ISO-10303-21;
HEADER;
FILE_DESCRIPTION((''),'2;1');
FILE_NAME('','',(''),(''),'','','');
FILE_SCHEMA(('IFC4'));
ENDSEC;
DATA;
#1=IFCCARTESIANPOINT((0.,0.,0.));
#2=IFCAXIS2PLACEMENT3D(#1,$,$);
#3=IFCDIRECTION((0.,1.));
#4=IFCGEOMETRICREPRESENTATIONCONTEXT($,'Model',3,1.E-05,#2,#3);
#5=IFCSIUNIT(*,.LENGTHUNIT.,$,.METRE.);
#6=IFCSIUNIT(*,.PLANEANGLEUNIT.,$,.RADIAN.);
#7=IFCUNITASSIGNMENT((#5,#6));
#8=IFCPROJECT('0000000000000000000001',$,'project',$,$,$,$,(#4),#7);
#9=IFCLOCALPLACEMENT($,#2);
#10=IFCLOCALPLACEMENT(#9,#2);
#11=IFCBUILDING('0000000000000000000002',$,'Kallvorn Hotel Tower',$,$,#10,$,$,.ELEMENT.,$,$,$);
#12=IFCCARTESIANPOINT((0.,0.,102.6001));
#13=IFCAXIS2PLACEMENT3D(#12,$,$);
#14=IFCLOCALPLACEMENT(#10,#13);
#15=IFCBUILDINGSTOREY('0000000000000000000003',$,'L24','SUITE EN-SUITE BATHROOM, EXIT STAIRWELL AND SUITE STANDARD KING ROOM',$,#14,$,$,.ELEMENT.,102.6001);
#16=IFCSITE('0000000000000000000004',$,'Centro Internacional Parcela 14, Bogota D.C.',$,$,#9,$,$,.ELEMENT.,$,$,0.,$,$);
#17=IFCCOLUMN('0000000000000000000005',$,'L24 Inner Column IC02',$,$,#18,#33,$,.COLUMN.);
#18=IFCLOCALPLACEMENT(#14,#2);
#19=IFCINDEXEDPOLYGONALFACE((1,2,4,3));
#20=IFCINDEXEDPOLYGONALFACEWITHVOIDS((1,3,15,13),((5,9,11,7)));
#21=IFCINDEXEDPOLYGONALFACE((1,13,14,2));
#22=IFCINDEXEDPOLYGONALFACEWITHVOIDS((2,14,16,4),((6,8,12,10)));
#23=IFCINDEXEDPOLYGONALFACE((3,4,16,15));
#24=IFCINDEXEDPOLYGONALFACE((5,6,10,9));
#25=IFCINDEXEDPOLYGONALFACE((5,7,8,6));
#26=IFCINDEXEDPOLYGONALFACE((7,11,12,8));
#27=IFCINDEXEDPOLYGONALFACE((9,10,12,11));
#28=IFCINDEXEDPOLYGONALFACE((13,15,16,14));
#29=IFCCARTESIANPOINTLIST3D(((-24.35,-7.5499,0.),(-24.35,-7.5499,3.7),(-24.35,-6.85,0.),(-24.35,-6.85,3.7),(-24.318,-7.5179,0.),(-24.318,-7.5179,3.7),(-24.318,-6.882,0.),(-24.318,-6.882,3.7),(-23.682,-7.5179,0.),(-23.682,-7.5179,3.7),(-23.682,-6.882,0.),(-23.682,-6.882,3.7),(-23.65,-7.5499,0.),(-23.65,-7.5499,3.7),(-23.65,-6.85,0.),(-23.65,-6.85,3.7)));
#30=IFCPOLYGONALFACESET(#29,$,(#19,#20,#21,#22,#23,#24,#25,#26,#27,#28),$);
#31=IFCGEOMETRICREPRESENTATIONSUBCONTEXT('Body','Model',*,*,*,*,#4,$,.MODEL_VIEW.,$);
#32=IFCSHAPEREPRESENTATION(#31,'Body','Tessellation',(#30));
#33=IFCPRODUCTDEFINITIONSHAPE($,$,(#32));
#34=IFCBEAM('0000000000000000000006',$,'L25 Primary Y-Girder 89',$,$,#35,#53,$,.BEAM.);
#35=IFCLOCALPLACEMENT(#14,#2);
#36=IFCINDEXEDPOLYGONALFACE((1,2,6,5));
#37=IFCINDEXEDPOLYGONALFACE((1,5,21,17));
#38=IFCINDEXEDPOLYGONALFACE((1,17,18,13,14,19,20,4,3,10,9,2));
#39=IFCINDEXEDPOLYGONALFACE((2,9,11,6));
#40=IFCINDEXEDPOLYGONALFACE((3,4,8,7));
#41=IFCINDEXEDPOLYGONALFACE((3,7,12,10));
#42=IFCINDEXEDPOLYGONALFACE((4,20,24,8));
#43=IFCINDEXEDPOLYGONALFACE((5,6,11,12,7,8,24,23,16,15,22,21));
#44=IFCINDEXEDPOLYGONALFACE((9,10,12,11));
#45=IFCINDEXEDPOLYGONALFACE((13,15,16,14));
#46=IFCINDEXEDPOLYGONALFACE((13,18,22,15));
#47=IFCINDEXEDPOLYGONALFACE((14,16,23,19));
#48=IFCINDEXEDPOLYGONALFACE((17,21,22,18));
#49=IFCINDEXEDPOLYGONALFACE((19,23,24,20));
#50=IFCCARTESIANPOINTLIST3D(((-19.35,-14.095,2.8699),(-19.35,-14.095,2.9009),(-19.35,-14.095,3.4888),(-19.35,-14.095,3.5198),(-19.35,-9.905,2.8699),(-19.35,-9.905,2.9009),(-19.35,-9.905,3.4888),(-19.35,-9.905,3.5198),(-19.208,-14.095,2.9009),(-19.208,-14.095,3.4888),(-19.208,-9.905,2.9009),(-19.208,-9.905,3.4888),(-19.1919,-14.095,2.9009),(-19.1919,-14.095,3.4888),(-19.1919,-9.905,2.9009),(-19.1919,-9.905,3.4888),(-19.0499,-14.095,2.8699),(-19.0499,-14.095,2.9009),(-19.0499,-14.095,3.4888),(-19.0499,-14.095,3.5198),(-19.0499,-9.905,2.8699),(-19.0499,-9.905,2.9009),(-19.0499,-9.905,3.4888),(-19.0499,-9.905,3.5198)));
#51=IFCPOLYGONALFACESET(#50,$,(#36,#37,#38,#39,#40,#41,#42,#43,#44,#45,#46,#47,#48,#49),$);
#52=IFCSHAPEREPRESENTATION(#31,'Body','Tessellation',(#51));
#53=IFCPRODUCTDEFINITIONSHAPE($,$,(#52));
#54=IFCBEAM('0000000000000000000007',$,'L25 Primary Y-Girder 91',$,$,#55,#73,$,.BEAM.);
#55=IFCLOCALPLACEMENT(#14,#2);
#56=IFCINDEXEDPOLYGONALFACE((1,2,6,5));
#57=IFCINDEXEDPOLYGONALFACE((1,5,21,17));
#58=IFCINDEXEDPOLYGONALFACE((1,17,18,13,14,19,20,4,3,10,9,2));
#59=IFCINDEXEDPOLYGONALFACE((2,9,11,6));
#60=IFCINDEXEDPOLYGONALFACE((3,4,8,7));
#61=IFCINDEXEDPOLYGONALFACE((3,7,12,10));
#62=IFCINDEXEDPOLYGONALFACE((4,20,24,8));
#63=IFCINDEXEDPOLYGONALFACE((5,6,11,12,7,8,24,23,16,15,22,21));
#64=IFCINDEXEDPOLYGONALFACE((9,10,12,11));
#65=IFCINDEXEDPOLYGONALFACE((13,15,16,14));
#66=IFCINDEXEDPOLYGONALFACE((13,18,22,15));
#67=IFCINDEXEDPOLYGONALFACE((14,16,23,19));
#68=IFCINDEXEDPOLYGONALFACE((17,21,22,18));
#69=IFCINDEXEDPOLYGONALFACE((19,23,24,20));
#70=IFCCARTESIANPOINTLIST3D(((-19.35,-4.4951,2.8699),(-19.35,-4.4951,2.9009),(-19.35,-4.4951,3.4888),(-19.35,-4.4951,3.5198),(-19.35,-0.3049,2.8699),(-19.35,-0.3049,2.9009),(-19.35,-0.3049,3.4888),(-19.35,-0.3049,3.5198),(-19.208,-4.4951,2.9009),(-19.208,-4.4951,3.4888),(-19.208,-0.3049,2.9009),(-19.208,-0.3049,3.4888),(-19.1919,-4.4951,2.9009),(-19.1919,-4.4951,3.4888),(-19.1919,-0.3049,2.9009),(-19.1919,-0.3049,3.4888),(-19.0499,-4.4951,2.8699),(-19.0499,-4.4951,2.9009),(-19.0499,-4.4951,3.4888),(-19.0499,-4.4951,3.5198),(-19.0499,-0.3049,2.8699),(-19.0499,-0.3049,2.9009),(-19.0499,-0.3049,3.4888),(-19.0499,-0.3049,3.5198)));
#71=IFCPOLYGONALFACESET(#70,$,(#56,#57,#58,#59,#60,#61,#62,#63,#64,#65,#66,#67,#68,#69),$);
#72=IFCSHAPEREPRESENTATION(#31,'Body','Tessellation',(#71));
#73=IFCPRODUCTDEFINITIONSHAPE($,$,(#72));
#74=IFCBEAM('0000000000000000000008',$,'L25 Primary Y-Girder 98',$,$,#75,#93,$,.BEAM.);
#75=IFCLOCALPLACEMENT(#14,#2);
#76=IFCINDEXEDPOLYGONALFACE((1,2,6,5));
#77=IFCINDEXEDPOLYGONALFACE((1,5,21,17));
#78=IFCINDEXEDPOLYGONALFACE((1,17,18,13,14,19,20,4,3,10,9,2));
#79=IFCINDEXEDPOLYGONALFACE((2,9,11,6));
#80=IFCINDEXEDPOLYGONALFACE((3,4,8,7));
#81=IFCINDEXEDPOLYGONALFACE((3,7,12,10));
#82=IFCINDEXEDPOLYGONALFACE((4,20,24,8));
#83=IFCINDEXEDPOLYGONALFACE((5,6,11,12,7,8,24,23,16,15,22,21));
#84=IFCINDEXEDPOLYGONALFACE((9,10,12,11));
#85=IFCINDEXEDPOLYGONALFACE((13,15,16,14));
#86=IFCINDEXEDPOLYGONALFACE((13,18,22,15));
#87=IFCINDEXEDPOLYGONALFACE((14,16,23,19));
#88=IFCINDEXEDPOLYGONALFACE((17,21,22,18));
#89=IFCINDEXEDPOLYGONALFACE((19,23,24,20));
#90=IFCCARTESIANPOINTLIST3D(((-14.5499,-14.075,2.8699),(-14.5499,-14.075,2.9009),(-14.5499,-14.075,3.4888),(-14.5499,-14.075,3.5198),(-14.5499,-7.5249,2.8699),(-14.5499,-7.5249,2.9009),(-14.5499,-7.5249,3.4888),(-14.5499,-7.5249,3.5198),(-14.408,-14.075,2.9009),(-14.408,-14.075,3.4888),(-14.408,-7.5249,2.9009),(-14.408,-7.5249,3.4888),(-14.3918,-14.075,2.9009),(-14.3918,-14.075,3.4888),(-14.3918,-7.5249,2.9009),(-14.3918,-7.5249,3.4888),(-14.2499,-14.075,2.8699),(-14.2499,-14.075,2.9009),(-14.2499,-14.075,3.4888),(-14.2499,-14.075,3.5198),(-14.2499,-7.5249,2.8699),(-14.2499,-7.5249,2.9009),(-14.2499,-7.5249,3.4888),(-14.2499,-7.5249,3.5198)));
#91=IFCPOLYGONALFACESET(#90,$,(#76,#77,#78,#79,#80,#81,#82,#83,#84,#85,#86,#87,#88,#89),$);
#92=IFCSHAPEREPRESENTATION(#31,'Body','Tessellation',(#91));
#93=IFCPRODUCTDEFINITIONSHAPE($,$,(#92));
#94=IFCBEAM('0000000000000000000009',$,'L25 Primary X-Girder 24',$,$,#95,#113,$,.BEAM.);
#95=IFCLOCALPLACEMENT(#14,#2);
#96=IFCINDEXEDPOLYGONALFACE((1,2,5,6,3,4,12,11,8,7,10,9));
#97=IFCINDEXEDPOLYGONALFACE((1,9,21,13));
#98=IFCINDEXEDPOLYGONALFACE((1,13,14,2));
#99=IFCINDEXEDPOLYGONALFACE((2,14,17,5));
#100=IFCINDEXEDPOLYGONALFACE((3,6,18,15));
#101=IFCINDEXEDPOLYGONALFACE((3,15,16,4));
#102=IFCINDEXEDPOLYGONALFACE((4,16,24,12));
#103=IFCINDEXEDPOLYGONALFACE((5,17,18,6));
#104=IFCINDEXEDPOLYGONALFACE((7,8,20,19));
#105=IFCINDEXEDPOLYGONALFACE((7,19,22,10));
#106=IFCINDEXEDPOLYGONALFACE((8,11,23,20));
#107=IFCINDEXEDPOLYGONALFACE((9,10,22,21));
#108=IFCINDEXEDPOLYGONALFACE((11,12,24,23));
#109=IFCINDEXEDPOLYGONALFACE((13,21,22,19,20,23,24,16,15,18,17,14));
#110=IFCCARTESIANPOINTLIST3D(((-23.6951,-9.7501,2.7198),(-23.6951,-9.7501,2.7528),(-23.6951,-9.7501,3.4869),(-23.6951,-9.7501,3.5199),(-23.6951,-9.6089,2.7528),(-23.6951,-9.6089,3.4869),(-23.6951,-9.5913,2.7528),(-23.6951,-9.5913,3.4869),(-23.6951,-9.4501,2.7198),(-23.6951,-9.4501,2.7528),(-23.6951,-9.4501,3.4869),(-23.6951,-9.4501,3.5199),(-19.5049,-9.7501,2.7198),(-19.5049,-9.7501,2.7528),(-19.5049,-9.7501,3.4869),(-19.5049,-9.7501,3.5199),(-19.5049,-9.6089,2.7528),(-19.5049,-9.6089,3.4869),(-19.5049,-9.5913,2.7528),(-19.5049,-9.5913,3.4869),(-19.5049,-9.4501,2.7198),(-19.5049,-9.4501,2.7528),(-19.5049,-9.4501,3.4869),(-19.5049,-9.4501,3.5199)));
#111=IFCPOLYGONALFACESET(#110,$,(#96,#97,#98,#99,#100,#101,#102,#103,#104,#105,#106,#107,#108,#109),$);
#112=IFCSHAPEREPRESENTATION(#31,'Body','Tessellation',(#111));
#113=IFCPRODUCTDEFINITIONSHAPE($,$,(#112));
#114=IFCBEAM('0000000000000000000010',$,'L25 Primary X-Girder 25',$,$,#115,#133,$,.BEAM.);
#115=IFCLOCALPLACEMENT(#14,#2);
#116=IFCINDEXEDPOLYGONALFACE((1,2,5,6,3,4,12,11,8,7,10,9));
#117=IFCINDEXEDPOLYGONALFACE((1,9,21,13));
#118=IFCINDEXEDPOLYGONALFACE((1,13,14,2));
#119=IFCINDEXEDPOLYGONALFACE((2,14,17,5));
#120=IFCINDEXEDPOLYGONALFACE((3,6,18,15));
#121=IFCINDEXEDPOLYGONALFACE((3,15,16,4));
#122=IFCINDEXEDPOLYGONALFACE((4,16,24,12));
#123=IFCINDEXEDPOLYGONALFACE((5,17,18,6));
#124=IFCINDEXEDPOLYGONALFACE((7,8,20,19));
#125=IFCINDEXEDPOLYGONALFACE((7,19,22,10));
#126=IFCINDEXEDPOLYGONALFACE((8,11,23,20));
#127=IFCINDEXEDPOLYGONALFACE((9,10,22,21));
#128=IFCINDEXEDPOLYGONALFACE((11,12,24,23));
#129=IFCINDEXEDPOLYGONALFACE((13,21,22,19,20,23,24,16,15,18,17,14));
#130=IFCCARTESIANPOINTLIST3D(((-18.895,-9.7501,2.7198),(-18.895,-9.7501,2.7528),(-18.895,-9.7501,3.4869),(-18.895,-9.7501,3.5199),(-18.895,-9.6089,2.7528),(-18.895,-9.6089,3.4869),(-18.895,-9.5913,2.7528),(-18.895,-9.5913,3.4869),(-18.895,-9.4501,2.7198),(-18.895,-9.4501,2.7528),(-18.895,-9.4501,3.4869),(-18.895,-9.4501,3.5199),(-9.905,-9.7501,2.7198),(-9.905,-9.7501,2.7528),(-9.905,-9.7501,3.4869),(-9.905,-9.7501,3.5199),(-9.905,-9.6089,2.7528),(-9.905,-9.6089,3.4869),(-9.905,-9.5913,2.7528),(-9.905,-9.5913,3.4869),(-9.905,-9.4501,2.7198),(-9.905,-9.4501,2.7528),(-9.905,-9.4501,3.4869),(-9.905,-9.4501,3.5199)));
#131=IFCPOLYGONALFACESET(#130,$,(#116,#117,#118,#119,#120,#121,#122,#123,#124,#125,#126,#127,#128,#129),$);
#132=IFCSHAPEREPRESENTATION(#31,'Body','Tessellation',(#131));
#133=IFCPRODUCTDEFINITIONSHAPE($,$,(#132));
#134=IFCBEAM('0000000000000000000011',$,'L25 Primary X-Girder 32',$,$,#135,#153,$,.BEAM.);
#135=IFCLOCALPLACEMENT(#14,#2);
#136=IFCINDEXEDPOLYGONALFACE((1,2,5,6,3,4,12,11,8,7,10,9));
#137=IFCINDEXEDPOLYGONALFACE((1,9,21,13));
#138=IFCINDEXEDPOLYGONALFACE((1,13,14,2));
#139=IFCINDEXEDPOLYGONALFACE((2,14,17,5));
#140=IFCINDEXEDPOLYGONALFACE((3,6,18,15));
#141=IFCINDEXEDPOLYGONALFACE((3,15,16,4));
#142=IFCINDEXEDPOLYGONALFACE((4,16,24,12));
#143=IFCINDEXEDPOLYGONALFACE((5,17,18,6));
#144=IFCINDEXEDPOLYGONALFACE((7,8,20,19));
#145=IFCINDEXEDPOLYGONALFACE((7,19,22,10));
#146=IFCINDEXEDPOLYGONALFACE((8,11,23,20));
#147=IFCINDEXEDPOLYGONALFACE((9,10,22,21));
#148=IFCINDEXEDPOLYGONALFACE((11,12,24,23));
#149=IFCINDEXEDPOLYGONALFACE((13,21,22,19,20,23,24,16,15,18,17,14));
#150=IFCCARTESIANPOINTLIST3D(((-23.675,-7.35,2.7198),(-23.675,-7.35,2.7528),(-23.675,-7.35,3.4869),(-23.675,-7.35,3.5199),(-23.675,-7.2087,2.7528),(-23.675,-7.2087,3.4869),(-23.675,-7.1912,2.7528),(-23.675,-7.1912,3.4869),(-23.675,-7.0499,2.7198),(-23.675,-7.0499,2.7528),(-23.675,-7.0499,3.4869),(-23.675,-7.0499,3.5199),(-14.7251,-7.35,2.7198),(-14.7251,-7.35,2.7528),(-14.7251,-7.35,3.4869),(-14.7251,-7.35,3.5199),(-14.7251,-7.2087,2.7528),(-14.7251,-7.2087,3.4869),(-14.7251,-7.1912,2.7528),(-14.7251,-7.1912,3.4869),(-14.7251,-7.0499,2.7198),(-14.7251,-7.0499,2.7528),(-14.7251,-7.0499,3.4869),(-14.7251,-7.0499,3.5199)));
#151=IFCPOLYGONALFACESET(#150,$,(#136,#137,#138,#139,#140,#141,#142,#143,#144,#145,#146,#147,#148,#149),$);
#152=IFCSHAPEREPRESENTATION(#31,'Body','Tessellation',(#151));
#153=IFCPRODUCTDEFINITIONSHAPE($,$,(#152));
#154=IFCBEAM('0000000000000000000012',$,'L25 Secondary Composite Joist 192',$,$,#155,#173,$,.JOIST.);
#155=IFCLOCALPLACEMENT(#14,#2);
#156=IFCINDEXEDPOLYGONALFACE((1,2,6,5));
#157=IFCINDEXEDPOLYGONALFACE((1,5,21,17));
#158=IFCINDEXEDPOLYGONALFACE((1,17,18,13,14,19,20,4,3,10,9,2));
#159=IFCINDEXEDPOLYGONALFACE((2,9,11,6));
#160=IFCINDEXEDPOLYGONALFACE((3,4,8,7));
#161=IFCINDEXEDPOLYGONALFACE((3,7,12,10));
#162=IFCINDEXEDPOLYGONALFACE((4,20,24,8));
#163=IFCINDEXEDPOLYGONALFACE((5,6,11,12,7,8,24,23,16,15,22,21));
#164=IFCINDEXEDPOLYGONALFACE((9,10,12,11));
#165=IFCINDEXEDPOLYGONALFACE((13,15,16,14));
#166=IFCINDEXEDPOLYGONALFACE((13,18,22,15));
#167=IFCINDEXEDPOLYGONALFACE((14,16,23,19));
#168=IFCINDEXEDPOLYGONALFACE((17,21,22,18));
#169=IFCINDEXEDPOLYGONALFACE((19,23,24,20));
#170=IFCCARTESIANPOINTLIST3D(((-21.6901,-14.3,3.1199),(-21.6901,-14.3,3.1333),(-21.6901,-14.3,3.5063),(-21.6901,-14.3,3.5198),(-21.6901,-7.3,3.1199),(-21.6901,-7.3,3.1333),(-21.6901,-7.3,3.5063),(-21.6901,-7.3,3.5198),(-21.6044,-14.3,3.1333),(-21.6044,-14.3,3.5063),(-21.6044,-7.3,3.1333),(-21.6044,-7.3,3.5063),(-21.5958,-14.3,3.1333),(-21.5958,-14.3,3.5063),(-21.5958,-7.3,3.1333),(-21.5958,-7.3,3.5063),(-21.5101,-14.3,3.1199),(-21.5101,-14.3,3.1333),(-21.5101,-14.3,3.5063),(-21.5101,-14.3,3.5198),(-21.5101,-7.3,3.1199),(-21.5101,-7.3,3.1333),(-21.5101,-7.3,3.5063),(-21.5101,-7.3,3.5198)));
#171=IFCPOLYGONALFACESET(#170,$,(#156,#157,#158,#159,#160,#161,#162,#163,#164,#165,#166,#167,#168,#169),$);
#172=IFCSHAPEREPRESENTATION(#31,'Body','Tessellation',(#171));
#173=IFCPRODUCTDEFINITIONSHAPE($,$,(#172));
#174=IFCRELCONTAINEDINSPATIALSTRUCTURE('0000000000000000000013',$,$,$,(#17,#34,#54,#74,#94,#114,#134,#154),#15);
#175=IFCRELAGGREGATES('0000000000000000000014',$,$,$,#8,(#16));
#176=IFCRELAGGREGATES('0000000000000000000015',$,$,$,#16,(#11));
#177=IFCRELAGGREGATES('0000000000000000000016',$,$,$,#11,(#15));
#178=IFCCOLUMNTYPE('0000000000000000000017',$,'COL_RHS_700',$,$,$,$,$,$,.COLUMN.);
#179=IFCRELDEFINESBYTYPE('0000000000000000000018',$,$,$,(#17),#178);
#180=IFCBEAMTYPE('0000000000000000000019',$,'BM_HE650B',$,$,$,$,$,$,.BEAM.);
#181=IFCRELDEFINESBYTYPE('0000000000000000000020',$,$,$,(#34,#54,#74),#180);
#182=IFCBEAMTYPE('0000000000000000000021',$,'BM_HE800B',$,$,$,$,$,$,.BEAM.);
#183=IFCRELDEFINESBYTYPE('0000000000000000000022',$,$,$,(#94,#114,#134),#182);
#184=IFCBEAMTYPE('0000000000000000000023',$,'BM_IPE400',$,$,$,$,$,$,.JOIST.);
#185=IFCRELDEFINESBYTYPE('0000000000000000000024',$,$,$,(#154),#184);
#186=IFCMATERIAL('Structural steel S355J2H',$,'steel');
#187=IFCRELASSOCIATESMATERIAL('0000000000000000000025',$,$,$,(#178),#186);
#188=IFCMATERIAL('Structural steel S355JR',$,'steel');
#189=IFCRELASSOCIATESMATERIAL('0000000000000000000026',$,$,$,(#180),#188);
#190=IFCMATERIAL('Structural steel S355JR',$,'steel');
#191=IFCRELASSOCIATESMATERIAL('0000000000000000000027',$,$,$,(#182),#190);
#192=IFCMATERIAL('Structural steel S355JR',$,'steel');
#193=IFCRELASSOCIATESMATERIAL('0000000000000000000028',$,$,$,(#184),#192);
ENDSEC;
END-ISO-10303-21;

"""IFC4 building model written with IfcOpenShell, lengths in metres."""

from ifc_helpers import new_model, si_unit, direction, frame, origin, origin_2d, place, context, subcontext, project, spatial, hollow_rectangle, i_section, extrude, material, material_profile, profile_set, type_object, element, save


model = new_model("IFC4")

# Units and contexts
model_context = context("Model", 3, precision=1e-05, world=origin(), true_north=direction((0.0, 1.0)))
body_context = subcontext(model_context, "Body", "Model", "MODEL_VIEW")
ifc_project = project(units=[si_unit("LENGTHUNIT", "METRE"), si_unit("PLANEANGLEUNIT", "RADIAN")], contexts=[model_context])

# Site, building, storey
site_placement = place(None, origin())
site = spatial("IfcSite", under=ifc_project, at=site_placement, Name="Centro Internacional Parcela 14, Bogota D.C.", CompositionType="ELEMENT", RefElevation=0.0)
building_placement = place(site_placement, origin())
building = spatial("IfcBuilding", under=site, at=building_placement, Name="Kallvorn Hotel Tower", CompositionType="ELEMENT")
storey_placement = place(building_placement, frame((0.0, 0.0, 102.6001)))
storey = spatial("IfcBuildingStorey", under=building, at=storey_placement, Name="L24", Description="SUITE EN-SUITE BATHROOM, EXIT STAIRWELL AND SUITE STANDARD KING ROOM", CompositionType="ELEMENT", Elevation=102.6001)

# Column
ifc_material_1 = material(Name="Structural steel S355J2H", Category="steel")
ifc_material_profile_1 = material_profile(ifc_material_1, hollow_rectangle(XDim=0.7, YDim=0.7, WallThickness=0.032, at=origin_2d()), Name="RHS 700x700x32")
ifc_profile_set_1 = profile_set([ifc_material_profile_1], Name="Structural steel S355J2H")
column_type_1 = type_object("IfcColumnType", Name="COL_RHS_700", PredefinedType="COLUMN", material=ifc_profile_set_1)
column_placement = place(storey_placement, frame((-24.0, -7.2, 0.0), z_axis=(0.0, 0.0, 1.0), x_axis=(1.0, 0.0, 0.0)))
element("IfcColumn", 1, at=column_placement, inside=storey, type_object=column_type_1, Name="L24 Inner Column IC02", PredefinedType="COLUMN", context=body_context, shape_type="SweptSolid", body=[
    extrude(hollow_rectangle(XDim=0.7, YDim=0.7, WallThickness=0.032, at=origin_2d()), origin(), (0.0, 0.0, 1.0), 3.7),
])

# Beams
ifc_material_2 = material(Name="Structural steel S355JR", Category="steel")
ifc_material_profile_2 = material_profile(ifc_material_2, i_section(OverallWidth=0.3, OverallDepth=0.6499, WebThickness=0.0161, FlangeThickness=0.031, at=origin_2d()), Name="HE 650 B")
ifc_profile_set_2 = profile_set([ifc_material_profile_2], Name="Structural steel S355JR")
beam_type_1 = type_object("IfcBeamType", Name="BM_HE650B", PredefinedType="BEAM", material=ifc_profile_set_2)
beam_1_placement = place(storey_placement, frame((-19.2, -14.095, 3.1948), z_axis=(0.0, 1.0, 0.0), x_axis=(-1.0, 0.0, 0.0)))
element("IfcBeam", 2, at=beam_1_placement, inside=storey, type_object=beam_type_1, Name="L25 Primary Y-Girder 89", PredefinedType="BEAM", context=body_context, shape_type="SweptSolid", body=[
    extrude(i_section(OverallWidth=0.3, OverallDepth=0.6499, WebThickness=0.0161, FlangeThickness=0.031, at=origin_2d()), origin(), (0.0, 0.0, 1.0), 4.1899),
])
beam_2_placement = place(storey_placement, frame((-19.2, -4.4951, 3.1948), z_axis=(0.0, 1.0, 0.0), x_axis=(-1.0, 0.0, 0.0)))
element("IfcBeam", 3, at=beam_2_placement, inside=storey, type_object=beam_type_1, Name="L25 Primary Y-Girder 91", PredefinedType="BEAM", context=body_context, shape_type="SweptSolid", body=[
    extrude(i_section(OverallWidth=0.3, OverallDepth=0.6499, WebThickness=0.0161, FlangeThickness=0.031, at=origin_2d()), origin(), (0.0, 0.0, 1.0), 4.1902),
])
beam_3_placement = place(storey_placement, frame((-14.3999, -14.075, 3.1948), z_axis=(0.0, 1.0, 0.0), x_axis=(-1.0, 0.0, 0.0)))
element("IfcBeam", 4, at=beam_3_placement, inside=storey, type_object=beam_type_1, Name="L25 Primary Y-Girder 98", PredefinedType="BEAM", context=body_context, shape_type="SweptSolid", body=[
    extrude(i_section(OverallWidth=0.3, OverallDepth=0.6499, WebThickness=0.0161, FlangeThickness=0.031, at=origin_2d()), origin(), (0.0, 0.0, 1.0), 6.55),
])
ifc_material_3 = material(Name="Structural steel S355JR", Category="steel")
ifc_material_profile_3 = material_profile(ifc_material_3, i_section(OverallWidth=0.3, OverallDepth=0.8, WebThickness=0.0176, FlangeThickness=0.033, at=origin_2d()), Name="HE 800 B")
ifc_profile_set_3 = profile_set([ifc_material_profile_3], Name="Structural steel S355JR")
beam_type_2 = type_object("IfcBeamType", Name="BM_HE800B", PredefinedType="BEAM", material=ifc_profile_set_3)
beam_4_placement = place(storey_placement, frame((-23.6951, -9.6001, 3.1199), z_axis=(1.0, 0.0, 0.0), x_axis=(0.0, 1.0, 0.0)))
element("IfcBeam", 5, at=beam_4_placement, inside=storey, type_object=beam_type_2, Name="L25 Primary X-Girder 24", PredefinedType="BEAM", context=body_context, shape_type="SweptSolid", body=[
    extrude(i_section(OverallWidth=0.3, OverallDepth=0.8, WebThickness=0.0176, FlangeThickness=0.033, at=origin_2d()), origin(), (0.0, 0.0, 1.0), 4.1902),
])
beam_5_placement = place(storey_placement, frame((-18.895, -9.6001, 3.1199), z_axis=(1.0, 0.0, 0.0), x_axis=(0.0, 1.0, 0.0)))
element("IfcBeam", 6, at=beam_5_placement, inside=storey, type_object=beam_type_2, Name="L25 Primary X-Girder 25", PredefinedType="BEAM", context=body_context, shape_type="SweptSolid", body=[
    extrude(i_section(OverallWidth=0.3, OverallDepth=0.8, WebThickness=0.0176, FlangeThickness=0.033, at=origin_2d()), origin(), (0.0, 0.0, 1.0), 8.99),
])
beam_6_placement = place(storey_placement, frame((-23.675, -7.2, 3.1199), z_axis=(1.0, 0.0, 0.0), x_axis=(0.0, 1.0, 0.0)))
element("IfcBeam", 7, at=beam_6_placement, inside=storey, type_object=beam_type_2, Name="L25 Primary X-Girder 32", PredefinedType="BEAM", context=body_context, shape_type="SweptSolid", body=[
    extrude(i_section(OverallWidth=0.3, OverallDepth=0.8, WebThickness=0.0176, FlangeThickness=0.033, at=origin_2d()), origin(), (0.0, 0.0, 1.0), 8.95),
])
ifc_material_4 = material(Name="Structural steel S355JR", Category="steel")
ifc_material_profile_4 = material_profile(ifc_material_4, i_section(OverallWidth=0.1799, OverallDepth=0.3999, WebThickness=0.0085, FlangeThickness=0.0134, at=origin_2d()), Name="IPE 400")
ifc_profile_set_4 = profile_set([ifc_material_profile_4], Name="Structural steel S355JR")
beam_type_3 = type_object("IfcBeamType", Name="BM_IPE400", PredefinedType="JOIST", material=ifc_profile_set_4)
for number, where, z_axis, x_axis, name in (
    (8, (-21.6001, -14.3, 3.3198), (0.0, 1.0, 0.0), (-1.0, 0.0, 0.0), "L25 Secondary Composite Joist 192"),
):
    element("IfcBeam", number, at=place(storey_placement, frame(where, z_axis=z_axis, x_axis=x_axis)), inside=storey, type_object=beam_type_3, Name=name, PredefinedType="JOIST", context=body_context, shape_type="SweptSolid", body=[
        extrude(i_section(OverallWidth=0.1799, OverallDepth=0.3999, WebThickness=0.0085, FlangeThickness=0.0134, at=origin_2d()), origin(), (0.0, 0.0, 1.0), 7.0),
    ])

save(model, "model.ifc")
